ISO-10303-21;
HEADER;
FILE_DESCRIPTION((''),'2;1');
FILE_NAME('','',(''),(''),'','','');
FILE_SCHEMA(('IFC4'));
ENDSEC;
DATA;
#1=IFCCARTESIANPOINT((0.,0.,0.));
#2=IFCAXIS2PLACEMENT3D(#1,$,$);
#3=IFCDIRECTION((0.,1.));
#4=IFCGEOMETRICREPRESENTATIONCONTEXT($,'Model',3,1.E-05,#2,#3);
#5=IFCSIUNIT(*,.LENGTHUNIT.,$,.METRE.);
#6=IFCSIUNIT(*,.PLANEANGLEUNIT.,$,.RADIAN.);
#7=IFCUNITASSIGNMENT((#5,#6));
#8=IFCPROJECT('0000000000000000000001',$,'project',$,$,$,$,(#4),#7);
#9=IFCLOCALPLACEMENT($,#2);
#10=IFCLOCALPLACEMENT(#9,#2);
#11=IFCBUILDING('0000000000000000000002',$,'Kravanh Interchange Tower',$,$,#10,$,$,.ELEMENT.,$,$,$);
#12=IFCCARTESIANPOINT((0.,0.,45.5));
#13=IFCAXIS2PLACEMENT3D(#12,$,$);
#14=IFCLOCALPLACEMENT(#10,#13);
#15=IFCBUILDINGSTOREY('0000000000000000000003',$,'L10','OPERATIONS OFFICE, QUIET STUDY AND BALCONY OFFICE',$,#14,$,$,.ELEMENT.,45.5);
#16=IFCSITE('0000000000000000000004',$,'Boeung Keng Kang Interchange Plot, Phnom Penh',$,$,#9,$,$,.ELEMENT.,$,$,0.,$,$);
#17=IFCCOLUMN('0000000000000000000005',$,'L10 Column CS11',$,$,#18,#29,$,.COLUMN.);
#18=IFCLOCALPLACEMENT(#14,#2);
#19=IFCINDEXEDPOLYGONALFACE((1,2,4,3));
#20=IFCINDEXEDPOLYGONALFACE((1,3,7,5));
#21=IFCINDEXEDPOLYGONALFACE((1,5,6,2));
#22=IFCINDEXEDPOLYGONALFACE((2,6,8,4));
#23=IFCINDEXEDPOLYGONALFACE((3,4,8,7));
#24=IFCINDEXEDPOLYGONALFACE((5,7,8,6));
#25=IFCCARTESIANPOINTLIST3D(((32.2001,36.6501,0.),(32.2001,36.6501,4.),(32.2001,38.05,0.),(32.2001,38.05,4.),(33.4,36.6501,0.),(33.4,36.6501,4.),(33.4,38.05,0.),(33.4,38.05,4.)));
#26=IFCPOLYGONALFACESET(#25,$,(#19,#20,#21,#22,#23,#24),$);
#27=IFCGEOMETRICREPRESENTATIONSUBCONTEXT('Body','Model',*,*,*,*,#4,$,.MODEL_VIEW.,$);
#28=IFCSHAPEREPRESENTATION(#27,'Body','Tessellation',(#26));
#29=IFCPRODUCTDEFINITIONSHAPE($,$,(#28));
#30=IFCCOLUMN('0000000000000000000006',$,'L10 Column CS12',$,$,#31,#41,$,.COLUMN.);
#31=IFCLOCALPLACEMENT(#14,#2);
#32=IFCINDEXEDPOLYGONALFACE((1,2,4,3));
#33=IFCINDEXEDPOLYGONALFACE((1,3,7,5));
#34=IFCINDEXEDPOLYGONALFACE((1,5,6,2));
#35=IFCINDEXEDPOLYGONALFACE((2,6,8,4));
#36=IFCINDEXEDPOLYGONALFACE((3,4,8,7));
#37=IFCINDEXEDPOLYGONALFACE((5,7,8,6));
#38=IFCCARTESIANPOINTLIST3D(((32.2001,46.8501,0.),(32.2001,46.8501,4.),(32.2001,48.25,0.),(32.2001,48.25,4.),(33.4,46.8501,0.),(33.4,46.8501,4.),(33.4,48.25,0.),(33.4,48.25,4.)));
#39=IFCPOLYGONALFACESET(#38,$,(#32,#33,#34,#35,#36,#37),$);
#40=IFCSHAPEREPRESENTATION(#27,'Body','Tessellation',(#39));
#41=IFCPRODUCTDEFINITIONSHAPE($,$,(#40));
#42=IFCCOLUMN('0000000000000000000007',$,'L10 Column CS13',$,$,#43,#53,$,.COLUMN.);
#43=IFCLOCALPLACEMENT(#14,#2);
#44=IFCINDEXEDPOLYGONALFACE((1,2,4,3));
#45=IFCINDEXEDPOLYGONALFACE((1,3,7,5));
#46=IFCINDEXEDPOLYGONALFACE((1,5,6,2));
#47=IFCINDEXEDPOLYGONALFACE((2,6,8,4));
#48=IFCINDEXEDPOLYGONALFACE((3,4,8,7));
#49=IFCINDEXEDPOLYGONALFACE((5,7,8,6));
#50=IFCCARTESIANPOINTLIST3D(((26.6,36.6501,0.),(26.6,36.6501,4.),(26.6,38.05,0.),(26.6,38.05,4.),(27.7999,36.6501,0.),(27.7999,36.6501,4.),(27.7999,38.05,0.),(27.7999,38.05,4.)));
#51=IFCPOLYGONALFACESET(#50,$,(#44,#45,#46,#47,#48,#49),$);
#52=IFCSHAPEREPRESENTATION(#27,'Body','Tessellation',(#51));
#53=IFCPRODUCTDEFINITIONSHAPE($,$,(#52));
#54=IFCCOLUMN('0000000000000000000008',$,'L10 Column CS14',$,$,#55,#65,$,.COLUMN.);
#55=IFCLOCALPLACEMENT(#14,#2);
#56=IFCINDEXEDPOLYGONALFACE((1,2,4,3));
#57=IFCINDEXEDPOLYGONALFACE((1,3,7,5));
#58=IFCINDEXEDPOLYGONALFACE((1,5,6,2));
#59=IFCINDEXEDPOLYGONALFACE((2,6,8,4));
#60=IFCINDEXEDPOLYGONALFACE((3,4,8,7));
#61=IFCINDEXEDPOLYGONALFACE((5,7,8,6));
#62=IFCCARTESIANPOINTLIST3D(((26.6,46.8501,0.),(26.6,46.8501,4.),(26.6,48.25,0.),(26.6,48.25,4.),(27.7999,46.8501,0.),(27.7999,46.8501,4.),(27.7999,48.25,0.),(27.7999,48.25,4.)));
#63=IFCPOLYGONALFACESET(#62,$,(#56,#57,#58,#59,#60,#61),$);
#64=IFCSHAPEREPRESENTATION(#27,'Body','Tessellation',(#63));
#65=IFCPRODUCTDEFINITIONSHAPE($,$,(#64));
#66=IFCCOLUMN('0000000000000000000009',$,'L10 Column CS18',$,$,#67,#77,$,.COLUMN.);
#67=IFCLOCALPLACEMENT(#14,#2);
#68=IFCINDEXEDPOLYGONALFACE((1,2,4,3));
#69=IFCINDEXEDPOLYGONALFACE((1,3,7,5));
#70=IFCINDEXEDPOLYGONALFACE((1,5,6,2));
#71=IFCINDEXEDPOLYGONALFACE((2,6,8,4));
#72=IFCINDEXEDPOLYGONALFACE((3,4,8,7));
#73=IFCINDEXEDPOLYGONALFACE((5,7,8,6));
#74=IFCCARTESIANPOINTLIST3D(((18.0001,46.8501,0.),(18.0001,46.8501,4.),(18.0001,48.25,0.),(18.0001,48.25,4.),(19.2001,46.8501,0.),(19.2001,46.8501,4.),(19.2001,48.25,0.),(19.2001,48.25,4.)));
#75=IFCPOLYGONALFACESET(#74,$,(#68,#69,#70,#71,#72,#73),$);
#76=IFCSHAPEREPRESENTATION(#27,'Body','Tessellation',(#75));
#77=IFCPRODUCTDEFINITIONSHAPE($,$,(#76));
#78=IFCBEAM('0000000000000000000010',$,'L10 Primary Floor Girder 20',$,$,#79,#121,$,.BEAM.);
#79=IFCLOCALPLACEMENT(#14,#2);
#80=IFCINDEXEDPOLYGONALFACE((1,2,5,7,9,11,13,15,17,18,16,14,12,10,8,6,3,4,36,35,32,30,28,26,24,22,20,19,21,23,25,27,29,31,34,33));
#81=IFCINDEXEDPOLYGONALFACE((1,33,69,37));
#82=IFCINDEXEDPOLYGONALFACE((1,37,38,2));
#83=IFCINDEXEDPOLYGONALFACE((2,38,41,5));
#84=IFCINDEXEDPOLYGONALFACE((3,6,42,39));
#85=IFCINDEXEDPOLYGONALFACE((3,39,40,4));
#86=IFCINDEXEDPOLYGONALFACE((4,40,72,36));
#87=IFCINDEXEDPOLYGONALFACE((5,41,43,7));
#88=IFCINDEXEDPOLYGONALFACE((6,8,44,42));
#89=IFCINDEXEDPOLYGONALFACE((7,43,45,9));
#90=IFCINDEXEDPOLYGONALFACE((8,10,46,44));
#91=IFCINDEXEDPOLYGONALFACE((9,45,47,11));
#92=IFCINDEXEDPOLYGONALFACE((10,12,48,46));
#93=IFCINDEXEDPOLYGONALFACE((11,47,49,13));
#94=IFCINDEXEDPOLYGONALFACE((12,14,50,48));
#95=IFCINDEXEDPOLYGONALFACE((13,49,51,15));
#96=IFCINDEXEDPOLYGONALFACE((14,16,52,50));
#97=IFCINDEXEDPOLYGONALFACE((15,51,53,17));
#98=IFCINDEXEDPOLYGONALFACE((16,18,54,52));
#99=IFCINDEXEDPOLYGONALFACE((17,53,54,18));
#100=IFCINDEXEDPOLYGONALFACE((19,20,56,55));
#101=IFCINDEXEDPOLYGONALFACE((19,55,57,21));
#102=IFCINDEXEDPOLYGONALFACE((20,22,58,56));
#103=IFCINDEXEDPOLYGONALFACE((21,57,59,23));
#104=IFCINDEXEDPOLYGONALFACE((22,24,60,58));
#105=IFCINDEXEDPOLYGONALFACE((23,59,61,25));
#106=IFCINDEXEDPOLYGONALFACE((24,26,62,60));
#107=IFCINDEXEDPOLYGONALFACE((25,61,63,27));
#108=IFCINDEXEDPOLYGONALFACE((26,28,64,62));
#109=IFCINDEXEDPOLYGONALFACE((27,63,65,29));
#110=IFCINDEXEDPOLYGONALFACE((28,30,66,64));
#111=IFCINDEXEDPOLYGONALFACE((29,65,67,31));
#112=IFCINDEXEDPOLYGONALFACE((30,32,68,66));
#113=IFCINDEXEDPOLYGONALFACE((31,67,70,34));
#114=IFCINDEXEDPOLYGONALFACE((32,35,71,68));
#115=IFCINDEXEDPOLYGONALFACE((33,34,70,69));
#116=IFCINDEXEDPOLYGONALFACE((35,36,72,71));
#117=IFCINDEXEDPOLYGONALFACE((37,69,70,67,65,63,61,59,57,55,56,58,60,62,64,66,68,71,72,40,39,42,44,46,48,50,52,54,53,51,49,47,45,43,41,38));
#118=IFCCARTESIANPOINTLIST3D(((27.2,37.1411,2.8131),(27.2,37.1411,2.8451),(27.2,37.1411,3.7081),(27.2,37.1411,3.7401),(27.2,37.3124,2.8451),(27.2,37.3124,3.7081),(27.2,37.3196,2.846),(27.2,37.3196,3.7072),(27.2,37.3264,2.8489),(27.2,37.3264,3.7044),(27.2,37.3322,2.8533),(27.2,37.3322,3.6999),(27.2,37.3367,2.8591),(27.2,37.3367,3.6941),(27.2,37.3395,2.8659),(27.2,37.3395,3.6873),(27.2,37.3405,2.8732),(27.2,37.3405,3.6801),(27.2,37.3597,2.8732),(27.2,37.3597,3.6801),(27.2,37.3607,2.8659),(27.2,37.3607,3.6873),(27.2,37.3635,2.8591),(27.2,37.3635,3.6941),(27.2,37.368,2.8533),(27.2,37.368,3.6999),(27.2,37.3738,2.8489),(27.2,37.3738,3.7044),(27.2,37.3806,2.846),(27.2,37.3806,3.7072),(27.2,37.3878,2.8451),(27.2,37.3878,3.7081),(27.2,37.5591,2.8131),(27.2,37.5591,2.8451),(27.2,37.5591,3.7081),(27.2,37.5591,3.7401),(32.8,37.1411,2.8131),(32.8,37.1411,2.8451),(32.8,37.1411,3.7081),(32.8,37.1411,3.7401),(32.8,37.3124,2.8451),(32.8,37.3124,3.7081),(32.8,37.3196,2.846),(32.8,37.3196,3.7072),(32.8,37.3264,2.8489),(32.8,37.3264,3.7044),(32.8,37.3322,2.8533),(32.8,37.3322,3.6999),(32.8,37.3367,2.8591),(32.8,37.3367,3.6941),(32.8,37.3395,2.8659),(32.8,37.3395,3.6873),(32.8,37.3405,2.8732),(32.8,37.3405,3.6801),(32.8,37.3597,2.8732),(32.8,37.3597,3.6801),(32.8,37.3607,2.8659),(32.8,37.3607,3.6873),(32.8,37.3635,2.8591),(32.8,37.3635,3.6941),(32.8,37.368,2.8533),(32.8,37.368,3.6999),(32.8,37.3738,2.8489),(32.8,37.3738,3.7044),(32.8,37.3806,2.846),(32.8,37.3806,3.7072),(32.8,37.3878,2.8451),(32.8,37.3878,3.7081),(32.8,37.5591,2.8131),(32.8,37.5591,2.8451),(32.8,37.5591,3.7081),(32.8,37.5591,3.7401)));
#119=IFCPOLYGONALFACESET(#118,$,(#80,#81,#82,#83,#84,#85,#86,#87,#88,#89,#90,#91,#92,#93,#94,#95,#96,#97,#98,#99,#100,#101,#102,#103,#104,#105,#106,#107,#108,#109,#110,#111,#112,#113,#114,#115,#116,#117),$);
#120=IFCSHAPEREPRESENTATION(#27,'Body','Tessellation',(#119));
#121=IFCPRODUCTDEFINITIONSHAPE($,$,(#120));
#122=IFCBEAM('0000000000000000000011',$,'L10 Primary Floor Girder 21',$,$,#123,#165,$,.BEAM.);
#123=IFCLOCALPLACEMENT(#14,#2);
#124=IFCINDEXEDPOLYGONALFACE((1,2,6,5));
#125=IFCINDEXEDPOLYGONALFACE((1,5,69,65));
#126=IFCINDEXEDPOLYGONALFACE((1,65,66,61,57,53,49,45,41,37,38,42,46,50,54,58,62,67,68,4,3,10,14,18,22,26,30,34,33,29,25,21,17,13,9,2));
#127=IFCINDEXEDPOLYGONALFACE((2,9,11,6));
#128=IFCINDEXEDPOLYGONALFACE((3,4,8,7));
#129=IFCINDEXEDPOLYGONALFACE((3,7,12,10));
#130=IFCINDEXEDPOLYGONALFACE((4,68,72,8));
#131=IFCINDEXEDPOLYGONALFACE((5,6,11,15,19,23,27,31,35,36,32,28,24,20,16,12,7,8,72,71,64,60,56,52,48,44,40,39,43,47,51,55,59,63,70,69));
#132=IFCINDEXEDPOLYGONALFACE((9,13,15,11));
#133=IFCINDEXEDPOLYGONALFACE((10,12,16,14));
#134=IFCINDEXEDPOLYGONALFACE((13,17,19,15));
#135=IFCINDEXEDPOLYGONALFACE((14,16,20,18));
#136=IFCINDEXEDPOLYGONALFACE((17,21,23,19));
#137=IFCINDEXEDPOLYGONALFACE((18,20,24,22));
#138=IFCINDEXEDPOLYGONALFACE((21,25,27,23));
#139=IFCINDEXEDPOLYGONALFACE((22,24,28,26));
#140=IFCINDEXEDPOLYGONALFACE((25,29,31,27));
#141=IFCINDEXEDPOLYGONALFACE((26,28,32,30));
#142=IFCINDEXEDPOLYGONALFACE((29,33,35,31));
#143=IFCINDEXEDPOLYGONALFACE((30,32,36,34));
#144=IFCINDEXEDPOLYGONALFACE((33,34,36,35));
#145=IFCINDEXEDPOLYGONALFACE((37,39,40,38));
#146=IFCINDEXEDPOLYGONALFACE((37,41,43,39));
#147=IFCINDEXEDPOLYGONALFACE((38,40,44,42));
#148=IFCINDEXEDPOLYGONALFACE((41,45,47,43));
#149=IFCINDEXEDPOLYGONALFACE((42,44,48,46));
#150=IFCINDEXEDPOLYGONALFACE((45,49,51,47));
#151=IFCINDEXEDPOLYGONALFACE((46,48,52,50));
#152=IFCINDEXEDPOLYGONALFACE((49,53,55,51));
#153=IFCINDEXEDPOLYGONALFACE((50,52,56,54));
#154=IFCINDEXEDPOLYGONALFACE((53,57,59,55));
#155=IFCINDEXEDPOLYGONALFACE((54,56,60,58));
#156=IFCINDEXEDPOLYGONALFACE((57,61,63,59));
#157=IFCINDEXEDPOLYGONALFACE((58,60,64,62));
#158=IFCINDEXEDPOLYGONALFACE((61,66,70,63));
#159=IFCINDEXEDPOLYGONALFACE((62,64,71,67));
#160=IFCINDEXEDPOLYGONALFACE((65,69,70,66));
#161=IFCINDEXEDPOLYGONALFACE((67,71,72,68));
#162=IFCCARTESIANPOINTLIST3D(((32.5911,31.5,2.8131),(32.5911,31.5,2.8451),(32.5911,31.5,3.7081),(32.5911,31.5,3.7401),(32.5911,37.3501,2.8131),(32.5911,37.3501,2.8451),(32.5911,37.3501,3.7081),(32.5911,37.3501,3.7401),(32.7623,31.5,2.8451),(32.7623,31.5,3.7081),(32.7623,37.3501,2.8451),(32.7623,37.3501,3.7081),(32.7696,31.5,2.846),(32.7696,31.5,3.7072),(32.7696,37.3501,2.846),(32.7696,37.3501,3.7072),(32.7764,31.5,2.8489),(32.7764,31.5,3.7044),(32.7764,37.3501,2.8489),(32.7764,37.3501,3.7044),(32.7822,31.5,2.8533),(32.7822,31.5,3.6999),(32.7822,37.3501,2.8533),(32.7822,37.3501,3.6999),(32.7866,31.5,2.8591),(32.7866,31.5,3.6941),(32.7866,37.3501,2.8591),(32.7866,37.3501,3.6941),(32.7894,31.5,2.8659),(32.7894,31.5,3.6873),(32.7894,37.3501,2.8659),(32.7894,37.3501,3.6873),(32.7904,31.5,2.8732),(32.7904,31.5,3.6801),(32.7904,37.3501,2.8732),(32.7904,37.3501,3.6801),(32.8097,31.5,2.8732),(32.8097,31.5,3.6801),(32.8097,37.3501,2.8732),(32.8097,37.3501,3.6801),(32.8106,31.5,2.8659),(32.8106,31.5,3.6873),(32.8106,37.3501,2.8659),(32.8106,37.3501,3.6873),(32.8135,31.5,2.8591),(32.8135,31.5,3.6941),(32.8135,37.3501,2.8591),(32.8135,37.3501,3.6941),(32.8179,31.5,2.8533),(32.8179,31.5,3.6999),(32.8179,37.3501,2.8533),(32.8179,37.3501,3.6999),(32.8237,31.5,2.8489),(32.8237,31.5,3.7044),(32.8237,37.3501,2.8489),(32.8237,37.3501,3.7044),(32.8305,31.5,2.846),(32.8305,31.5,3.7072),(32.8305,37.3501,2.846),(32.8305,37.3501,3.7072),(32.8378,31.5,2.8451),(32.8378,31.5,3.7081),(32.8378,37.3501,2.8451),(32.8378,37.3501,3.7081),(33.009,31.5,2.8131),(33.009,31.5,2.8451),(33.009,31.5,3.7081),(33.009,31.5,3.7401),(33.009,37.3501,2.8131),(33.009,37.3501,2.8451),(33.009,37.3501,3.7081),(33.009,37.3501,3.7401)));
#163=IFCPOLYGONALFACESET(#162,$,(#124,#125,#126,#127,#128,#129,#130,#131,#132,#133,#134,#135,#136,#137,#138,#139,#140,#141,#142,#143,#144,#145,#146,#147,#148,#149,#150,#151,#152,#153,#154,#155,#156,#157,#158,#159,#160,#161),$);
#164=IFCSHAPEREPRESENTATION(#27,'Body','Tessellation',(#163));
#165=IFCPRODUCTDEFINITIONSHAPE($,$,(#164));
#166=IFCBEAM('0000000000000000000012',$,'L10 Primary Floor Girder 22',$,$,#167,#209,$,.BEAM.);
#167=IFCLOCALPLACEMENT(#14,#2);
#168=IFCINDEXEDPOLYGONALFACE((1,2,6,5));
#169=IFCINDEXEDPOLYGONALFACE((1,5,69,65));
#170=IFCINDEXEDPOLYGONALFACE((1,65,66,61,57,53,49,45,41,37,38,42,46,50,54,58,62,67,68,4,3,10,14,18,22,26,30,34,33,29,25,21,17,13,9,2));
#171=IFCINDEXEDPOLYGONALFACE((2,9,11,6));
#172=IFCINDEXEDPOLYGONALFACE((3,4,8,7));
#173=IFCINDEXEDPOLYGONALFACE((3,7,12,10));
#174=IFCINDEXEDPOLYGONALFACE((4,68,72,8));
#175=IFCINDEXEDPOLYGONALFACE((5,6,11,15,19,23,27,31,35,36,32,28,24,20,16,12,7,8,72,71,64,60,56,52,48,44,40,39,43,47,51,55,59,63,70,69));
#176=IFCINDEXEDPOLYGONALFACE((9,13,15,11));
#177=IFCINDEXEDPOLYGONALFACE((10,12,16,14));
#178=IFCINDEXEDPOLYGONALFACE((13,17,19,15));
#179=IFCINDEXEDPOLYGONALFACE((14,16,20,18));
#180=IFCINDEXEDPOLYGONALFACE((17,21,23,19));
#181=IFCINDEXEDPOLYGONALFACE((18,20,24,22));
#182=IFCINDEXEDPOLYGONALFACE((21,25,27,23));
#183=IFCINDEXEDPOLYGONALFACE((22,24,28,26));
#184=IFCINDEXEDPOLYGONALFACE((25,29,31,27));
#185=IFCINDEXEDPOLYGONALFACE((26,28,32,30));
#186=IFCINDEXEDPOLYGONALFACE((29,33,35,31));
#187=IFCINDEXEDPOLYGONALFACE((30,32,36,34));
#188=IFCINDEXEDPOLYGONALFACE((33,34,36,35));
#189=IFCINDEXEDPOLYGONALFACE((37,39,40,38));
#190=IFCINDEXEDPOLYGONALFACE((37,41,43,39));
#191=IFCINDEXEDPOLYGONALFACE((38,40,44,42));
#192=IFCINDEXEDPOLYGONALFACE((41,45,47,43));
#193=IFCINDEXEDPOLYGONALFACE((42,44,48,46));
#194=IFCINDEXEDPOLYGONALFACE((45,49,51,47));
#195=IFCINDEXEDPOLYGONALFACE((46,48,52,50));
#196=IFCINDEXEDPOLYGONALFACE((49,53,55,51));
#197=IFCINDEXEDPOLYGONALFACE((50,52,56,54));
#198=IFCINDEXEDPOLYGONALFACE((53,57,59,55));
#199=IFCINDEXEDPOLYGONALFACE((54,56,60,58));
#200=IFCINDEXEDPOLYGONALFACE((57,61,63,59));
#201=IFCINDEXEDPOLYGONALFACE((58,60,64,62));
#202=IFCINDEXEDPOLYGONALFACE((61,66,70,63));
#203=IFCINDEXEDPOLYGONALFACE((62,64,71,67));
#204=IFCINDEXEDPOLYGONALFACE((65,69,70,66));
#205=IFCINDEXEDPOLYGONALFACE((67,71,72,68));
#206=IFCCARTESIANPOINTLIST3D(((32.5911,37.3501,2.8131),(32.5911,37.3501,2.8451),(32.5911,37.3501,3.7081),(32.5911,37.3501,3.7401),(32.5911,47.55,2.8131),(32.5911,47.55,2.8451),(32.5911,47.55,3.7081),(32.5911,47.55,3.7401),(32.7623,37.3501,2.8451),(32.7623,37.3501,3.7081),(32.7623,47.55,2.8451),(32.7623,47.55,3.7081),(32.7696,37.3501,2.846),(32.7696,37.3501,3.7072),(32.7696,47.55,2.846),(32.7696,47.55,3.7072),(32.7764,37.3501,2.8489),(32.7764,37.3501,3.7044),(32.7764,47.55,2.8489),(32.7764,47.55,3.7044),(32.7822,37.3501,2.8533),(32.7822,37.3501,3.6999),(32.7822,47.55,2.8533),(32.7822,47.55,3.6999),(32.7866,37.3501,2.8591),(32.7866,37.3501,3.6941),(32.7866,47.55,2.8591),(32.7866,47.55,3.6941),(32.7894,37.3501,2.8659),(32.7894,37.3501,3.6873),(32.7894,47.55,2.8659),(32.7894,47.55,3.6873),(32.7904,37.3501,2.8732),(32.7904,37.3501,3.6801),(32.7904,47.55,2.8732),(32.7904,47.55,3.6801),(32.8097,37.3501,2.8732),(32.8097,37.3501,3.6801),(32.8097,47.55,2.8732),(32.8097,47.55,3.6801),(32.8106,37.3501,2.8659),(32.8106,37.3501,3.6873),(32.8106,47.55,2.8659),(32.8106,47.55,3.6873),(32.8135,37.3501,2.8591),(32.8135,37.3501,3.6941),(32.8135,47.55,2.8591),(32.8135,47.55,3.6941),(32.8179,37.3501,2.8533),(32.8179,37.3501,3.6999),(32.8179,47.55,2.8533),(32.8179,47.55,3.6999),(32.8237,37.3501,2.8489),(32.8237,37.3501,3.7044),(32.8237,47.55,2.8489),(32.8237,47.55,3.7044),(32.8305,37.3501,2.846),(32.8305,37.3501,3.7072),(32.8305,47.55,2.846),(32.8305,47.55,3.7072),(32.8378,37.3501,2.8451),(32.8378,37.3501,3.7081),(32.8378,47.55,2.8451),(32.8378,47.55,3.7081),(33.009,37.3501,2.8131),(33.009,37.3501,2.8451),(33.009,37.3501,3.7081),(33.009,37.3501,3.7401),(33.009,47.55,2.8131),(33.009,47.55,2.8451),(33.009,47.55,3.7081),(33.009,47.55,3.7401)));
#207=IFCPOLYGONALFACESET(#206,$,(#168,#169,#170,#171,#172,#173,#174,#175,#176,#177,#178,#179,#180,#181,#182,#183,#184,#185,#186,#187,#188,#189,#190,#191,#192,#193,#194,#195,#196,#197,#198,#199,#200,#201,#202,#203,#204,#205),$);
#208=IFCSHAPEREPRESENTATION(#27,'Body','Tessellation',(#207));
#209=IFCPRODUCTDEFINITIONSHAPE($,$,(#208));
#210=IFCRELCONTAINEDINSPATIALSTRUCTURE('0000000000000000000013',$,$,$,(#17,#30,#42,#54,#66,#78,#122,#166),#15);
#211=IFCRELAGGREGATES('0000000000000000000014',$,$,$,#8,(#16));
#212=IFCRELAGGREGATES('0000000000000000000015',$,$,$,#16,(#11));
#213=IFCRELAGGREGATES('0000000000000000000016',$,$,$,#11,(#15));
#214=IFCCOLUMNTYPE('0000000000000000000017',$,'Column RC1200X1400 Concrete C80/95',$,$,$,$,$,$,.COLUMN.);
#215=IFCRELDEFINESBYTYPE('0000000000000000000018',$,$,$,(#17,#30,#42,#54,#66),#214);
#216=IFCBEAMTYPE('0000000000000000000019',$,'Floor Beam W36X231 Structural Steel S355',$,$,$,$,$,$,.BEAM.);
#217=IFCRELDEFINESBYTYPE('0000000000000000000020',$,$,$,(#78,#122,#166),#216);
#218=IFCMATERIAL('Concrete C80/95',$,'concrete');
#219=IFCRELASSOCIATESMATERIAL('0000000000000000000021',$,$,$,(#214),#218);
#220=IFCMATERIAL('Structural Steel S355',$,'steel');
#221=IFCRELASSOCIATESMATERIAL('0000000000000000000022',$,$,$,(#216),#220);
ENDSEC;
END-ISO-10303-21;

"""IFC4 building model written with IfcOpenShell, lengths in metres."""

from ifc_helpers import new_model, si_unit, direction, frame, origin, origin_2d, place, context, subcontext, project, spatial, rectangle, i_section, extrude, material, material_profile, profile_set, type_object, element, save


model = new_model("IFC4")

# Units and contexts
model_context = context("Model", 3, precision=1e-05, world=origin(), true_north=direction((0.0, 1.0)))
body_context = subcontext(model_context, "Body", "Model", "MODEL_VIEW")
ifc_project = project(units=[si_unit("LENGTHUNIT", "METRE"), si_unit("PLANEANGLEUNIT", "RADIAN")], contexts=[model_context])

# Site, building, storey
site_placement = place(None, origin())
site = spatial("IfcSite", under=ifc_project, at=site_placement, Name="Boeung Keng Kang Interchange Plot, Phnom Penh", CompositionType="ELEMENT", RefElevation=0.0)
building_placement = place(site_placement, origin())
building = spatial("IfcBuilding", under=site, at=building_placement, Name="Kravanh Interchange Tower", CompositionType="ELEMENT")
storey_placement = place(building_placement, frame((0.0, 0.0, 45.5)))
storey = spatial("IfcBuildingStorey", under=building, at=storey_placement, Name="L10", Description="OPERATIONS OFFICE, QUIET STUDY AND BALCONY OFFICE", CompositionType="ELEMENT", Elevation=45.5)

# Columns
ifc_material_1 = material(Name="Concrete C80/95", Category="concrete")
ifc_material_profile_1 = material_profile(ifc_material_1, rectangle(XDim=1.2, YDim=1.3999, at=origin_2d()), Name="RC1200X1400")
ifc_profile_set_1 = profile_set([ifc_material_profile_1], Name="Concrete C80/95")
column_type = type_object("IfcColumnType", Name="Column RC1200X1400 Concrete C80/95", PredefinedType="COLUMN", material=ifc_profile_set_1)
for number, where, z_axis, x_axis, name in (
    (1, (32.8, 37.3501, 0.0), (0.0, 0.0, 1.0), (1.0, 0.0, 0.0), "L10 Column CS11"),
    (2, (32.8, 47.55, 0.0), (0.0, 0.0, 1.0), (1.0, 0.0, 0.0), "L10 Column CS12"),
    (3, (27.2, 37.3501, 0.0), (0.0, 0.0, 1.0), (1.0, 0.0, 0.0), "L10 Column CS13"),
    (4, (27.2, 47.55, 0.0), (0.0, 0.0, 1.0), (1.0, 0.0, 0.0), "L10 Column CS14"),
    (5, (18.6001, 47.55, 0.0), (0.0, 0.0, 1.0), (1.0, 0.0, 0.0), "L10 Column CS18"),
):
    element("IfcColumn", number, at=place(storey_placement, frame(where, z_axis=z_axis, x_axis=x_axis)), inside=storey, type_object=column_type, Name=name, PredefinedType="COLUMN", context=body_context, shape_type="SweptSolid", body=[
        extrude(rectangle(XDim=1.2, YDim=1.3999, at=origin_2d()), origin(), (0.0, 0.0, 1.0), 4.0),
    ])

# Beams
ifc_material_2 = material(Name="Structural Steel S355", Category="steel")
ifc_material_profile_2 = material_profile(ifc_material_2, i_section(OverallWidth=0.418, OverallDepth=0.927, WebThickness=0.0193, FlangeThickness=0.032, FilletRadius=0.0281, at=origin_2d()), Name="W36X231")
ifc_profile_set_2 = profile_set([ifc_material_profile_2], Name="Structural Steel S355")
beam_type = type_object("IfcBeamType", Name="Floor Beam W36X231 Structural Steel S355", PredefinedType="BEAM", material=ifc_profile_set_2)
beam_1_placement = place(storey_placement, frame((32.8, 37.3501, 3.2766), z_axis=(-1.0, 0.0, 0.0), x_axis=(0.0, -1.0, 0.0)))
element("IfcBeam", 6, at=beam_1_placement, inside=storey, type_object=beam_type, Name="L10 Primary Floor Girder 20", PredefinedType="BEAM", context=body_context, shape_type="SweptSolid", body=[
    extrude(i_section(OverallWidth=0.418, OverallDepth=0.927, WebThickness=0.0193, FlangeThickness=0.032, FilletRadius=0.0281, at=origin_2d()), origin(), (0.0, 0.0, 1.0), 5.6001),
])
beam_2_placement = place(storey_placement, frame((32.8, 37.3501, 3.2766), z_axis=(0.0, -1.0, 0.0), x_axis=(1.0, 0.0, 0.0)))
element("IfcBeam", 7, at=beam_2_placement, inside=storey, type_object=beam_type, Name="L10 Primary Floor Girder 21", PredefinedType="BEAM", context=body_context, shape_type="SweptSolid", body=[
    extrude(i_section(OverallWidth=0.418, OverallDepth=0.927, WebThickness=0.0193, FlangeThickness=0.032, FilletRadius=0.0281, at=origin_2d()), origin(), (0.0, 0.0, 1.0), 5.8501),
])
beam_3_placement = place(storey_placement, frame((32.8, 37.3501, 3.2766), z_axis=(0.0, 1.0, 0.0), x_axis=(-1.0, 0.0, 0.0)))
element("IfcBeam", 8, at=beam_3_placement, inside=storey, type_object=beam_type, Name="L10 Primary Floor Girder 22", PredefinedType="BEAM", context=body_context, shape_type="SweptSolid", body=[
    extrude(i_section(OverallWidth=0.418, OverallDepth=0.927, WebThickness=0.0193, FlangeThickness=0.032, FilletRadius=0.0281, at=origin_2d()), origin(), (0.0, 0.0, 1.0), 10.2),
])

save(model, "model.ifc")
